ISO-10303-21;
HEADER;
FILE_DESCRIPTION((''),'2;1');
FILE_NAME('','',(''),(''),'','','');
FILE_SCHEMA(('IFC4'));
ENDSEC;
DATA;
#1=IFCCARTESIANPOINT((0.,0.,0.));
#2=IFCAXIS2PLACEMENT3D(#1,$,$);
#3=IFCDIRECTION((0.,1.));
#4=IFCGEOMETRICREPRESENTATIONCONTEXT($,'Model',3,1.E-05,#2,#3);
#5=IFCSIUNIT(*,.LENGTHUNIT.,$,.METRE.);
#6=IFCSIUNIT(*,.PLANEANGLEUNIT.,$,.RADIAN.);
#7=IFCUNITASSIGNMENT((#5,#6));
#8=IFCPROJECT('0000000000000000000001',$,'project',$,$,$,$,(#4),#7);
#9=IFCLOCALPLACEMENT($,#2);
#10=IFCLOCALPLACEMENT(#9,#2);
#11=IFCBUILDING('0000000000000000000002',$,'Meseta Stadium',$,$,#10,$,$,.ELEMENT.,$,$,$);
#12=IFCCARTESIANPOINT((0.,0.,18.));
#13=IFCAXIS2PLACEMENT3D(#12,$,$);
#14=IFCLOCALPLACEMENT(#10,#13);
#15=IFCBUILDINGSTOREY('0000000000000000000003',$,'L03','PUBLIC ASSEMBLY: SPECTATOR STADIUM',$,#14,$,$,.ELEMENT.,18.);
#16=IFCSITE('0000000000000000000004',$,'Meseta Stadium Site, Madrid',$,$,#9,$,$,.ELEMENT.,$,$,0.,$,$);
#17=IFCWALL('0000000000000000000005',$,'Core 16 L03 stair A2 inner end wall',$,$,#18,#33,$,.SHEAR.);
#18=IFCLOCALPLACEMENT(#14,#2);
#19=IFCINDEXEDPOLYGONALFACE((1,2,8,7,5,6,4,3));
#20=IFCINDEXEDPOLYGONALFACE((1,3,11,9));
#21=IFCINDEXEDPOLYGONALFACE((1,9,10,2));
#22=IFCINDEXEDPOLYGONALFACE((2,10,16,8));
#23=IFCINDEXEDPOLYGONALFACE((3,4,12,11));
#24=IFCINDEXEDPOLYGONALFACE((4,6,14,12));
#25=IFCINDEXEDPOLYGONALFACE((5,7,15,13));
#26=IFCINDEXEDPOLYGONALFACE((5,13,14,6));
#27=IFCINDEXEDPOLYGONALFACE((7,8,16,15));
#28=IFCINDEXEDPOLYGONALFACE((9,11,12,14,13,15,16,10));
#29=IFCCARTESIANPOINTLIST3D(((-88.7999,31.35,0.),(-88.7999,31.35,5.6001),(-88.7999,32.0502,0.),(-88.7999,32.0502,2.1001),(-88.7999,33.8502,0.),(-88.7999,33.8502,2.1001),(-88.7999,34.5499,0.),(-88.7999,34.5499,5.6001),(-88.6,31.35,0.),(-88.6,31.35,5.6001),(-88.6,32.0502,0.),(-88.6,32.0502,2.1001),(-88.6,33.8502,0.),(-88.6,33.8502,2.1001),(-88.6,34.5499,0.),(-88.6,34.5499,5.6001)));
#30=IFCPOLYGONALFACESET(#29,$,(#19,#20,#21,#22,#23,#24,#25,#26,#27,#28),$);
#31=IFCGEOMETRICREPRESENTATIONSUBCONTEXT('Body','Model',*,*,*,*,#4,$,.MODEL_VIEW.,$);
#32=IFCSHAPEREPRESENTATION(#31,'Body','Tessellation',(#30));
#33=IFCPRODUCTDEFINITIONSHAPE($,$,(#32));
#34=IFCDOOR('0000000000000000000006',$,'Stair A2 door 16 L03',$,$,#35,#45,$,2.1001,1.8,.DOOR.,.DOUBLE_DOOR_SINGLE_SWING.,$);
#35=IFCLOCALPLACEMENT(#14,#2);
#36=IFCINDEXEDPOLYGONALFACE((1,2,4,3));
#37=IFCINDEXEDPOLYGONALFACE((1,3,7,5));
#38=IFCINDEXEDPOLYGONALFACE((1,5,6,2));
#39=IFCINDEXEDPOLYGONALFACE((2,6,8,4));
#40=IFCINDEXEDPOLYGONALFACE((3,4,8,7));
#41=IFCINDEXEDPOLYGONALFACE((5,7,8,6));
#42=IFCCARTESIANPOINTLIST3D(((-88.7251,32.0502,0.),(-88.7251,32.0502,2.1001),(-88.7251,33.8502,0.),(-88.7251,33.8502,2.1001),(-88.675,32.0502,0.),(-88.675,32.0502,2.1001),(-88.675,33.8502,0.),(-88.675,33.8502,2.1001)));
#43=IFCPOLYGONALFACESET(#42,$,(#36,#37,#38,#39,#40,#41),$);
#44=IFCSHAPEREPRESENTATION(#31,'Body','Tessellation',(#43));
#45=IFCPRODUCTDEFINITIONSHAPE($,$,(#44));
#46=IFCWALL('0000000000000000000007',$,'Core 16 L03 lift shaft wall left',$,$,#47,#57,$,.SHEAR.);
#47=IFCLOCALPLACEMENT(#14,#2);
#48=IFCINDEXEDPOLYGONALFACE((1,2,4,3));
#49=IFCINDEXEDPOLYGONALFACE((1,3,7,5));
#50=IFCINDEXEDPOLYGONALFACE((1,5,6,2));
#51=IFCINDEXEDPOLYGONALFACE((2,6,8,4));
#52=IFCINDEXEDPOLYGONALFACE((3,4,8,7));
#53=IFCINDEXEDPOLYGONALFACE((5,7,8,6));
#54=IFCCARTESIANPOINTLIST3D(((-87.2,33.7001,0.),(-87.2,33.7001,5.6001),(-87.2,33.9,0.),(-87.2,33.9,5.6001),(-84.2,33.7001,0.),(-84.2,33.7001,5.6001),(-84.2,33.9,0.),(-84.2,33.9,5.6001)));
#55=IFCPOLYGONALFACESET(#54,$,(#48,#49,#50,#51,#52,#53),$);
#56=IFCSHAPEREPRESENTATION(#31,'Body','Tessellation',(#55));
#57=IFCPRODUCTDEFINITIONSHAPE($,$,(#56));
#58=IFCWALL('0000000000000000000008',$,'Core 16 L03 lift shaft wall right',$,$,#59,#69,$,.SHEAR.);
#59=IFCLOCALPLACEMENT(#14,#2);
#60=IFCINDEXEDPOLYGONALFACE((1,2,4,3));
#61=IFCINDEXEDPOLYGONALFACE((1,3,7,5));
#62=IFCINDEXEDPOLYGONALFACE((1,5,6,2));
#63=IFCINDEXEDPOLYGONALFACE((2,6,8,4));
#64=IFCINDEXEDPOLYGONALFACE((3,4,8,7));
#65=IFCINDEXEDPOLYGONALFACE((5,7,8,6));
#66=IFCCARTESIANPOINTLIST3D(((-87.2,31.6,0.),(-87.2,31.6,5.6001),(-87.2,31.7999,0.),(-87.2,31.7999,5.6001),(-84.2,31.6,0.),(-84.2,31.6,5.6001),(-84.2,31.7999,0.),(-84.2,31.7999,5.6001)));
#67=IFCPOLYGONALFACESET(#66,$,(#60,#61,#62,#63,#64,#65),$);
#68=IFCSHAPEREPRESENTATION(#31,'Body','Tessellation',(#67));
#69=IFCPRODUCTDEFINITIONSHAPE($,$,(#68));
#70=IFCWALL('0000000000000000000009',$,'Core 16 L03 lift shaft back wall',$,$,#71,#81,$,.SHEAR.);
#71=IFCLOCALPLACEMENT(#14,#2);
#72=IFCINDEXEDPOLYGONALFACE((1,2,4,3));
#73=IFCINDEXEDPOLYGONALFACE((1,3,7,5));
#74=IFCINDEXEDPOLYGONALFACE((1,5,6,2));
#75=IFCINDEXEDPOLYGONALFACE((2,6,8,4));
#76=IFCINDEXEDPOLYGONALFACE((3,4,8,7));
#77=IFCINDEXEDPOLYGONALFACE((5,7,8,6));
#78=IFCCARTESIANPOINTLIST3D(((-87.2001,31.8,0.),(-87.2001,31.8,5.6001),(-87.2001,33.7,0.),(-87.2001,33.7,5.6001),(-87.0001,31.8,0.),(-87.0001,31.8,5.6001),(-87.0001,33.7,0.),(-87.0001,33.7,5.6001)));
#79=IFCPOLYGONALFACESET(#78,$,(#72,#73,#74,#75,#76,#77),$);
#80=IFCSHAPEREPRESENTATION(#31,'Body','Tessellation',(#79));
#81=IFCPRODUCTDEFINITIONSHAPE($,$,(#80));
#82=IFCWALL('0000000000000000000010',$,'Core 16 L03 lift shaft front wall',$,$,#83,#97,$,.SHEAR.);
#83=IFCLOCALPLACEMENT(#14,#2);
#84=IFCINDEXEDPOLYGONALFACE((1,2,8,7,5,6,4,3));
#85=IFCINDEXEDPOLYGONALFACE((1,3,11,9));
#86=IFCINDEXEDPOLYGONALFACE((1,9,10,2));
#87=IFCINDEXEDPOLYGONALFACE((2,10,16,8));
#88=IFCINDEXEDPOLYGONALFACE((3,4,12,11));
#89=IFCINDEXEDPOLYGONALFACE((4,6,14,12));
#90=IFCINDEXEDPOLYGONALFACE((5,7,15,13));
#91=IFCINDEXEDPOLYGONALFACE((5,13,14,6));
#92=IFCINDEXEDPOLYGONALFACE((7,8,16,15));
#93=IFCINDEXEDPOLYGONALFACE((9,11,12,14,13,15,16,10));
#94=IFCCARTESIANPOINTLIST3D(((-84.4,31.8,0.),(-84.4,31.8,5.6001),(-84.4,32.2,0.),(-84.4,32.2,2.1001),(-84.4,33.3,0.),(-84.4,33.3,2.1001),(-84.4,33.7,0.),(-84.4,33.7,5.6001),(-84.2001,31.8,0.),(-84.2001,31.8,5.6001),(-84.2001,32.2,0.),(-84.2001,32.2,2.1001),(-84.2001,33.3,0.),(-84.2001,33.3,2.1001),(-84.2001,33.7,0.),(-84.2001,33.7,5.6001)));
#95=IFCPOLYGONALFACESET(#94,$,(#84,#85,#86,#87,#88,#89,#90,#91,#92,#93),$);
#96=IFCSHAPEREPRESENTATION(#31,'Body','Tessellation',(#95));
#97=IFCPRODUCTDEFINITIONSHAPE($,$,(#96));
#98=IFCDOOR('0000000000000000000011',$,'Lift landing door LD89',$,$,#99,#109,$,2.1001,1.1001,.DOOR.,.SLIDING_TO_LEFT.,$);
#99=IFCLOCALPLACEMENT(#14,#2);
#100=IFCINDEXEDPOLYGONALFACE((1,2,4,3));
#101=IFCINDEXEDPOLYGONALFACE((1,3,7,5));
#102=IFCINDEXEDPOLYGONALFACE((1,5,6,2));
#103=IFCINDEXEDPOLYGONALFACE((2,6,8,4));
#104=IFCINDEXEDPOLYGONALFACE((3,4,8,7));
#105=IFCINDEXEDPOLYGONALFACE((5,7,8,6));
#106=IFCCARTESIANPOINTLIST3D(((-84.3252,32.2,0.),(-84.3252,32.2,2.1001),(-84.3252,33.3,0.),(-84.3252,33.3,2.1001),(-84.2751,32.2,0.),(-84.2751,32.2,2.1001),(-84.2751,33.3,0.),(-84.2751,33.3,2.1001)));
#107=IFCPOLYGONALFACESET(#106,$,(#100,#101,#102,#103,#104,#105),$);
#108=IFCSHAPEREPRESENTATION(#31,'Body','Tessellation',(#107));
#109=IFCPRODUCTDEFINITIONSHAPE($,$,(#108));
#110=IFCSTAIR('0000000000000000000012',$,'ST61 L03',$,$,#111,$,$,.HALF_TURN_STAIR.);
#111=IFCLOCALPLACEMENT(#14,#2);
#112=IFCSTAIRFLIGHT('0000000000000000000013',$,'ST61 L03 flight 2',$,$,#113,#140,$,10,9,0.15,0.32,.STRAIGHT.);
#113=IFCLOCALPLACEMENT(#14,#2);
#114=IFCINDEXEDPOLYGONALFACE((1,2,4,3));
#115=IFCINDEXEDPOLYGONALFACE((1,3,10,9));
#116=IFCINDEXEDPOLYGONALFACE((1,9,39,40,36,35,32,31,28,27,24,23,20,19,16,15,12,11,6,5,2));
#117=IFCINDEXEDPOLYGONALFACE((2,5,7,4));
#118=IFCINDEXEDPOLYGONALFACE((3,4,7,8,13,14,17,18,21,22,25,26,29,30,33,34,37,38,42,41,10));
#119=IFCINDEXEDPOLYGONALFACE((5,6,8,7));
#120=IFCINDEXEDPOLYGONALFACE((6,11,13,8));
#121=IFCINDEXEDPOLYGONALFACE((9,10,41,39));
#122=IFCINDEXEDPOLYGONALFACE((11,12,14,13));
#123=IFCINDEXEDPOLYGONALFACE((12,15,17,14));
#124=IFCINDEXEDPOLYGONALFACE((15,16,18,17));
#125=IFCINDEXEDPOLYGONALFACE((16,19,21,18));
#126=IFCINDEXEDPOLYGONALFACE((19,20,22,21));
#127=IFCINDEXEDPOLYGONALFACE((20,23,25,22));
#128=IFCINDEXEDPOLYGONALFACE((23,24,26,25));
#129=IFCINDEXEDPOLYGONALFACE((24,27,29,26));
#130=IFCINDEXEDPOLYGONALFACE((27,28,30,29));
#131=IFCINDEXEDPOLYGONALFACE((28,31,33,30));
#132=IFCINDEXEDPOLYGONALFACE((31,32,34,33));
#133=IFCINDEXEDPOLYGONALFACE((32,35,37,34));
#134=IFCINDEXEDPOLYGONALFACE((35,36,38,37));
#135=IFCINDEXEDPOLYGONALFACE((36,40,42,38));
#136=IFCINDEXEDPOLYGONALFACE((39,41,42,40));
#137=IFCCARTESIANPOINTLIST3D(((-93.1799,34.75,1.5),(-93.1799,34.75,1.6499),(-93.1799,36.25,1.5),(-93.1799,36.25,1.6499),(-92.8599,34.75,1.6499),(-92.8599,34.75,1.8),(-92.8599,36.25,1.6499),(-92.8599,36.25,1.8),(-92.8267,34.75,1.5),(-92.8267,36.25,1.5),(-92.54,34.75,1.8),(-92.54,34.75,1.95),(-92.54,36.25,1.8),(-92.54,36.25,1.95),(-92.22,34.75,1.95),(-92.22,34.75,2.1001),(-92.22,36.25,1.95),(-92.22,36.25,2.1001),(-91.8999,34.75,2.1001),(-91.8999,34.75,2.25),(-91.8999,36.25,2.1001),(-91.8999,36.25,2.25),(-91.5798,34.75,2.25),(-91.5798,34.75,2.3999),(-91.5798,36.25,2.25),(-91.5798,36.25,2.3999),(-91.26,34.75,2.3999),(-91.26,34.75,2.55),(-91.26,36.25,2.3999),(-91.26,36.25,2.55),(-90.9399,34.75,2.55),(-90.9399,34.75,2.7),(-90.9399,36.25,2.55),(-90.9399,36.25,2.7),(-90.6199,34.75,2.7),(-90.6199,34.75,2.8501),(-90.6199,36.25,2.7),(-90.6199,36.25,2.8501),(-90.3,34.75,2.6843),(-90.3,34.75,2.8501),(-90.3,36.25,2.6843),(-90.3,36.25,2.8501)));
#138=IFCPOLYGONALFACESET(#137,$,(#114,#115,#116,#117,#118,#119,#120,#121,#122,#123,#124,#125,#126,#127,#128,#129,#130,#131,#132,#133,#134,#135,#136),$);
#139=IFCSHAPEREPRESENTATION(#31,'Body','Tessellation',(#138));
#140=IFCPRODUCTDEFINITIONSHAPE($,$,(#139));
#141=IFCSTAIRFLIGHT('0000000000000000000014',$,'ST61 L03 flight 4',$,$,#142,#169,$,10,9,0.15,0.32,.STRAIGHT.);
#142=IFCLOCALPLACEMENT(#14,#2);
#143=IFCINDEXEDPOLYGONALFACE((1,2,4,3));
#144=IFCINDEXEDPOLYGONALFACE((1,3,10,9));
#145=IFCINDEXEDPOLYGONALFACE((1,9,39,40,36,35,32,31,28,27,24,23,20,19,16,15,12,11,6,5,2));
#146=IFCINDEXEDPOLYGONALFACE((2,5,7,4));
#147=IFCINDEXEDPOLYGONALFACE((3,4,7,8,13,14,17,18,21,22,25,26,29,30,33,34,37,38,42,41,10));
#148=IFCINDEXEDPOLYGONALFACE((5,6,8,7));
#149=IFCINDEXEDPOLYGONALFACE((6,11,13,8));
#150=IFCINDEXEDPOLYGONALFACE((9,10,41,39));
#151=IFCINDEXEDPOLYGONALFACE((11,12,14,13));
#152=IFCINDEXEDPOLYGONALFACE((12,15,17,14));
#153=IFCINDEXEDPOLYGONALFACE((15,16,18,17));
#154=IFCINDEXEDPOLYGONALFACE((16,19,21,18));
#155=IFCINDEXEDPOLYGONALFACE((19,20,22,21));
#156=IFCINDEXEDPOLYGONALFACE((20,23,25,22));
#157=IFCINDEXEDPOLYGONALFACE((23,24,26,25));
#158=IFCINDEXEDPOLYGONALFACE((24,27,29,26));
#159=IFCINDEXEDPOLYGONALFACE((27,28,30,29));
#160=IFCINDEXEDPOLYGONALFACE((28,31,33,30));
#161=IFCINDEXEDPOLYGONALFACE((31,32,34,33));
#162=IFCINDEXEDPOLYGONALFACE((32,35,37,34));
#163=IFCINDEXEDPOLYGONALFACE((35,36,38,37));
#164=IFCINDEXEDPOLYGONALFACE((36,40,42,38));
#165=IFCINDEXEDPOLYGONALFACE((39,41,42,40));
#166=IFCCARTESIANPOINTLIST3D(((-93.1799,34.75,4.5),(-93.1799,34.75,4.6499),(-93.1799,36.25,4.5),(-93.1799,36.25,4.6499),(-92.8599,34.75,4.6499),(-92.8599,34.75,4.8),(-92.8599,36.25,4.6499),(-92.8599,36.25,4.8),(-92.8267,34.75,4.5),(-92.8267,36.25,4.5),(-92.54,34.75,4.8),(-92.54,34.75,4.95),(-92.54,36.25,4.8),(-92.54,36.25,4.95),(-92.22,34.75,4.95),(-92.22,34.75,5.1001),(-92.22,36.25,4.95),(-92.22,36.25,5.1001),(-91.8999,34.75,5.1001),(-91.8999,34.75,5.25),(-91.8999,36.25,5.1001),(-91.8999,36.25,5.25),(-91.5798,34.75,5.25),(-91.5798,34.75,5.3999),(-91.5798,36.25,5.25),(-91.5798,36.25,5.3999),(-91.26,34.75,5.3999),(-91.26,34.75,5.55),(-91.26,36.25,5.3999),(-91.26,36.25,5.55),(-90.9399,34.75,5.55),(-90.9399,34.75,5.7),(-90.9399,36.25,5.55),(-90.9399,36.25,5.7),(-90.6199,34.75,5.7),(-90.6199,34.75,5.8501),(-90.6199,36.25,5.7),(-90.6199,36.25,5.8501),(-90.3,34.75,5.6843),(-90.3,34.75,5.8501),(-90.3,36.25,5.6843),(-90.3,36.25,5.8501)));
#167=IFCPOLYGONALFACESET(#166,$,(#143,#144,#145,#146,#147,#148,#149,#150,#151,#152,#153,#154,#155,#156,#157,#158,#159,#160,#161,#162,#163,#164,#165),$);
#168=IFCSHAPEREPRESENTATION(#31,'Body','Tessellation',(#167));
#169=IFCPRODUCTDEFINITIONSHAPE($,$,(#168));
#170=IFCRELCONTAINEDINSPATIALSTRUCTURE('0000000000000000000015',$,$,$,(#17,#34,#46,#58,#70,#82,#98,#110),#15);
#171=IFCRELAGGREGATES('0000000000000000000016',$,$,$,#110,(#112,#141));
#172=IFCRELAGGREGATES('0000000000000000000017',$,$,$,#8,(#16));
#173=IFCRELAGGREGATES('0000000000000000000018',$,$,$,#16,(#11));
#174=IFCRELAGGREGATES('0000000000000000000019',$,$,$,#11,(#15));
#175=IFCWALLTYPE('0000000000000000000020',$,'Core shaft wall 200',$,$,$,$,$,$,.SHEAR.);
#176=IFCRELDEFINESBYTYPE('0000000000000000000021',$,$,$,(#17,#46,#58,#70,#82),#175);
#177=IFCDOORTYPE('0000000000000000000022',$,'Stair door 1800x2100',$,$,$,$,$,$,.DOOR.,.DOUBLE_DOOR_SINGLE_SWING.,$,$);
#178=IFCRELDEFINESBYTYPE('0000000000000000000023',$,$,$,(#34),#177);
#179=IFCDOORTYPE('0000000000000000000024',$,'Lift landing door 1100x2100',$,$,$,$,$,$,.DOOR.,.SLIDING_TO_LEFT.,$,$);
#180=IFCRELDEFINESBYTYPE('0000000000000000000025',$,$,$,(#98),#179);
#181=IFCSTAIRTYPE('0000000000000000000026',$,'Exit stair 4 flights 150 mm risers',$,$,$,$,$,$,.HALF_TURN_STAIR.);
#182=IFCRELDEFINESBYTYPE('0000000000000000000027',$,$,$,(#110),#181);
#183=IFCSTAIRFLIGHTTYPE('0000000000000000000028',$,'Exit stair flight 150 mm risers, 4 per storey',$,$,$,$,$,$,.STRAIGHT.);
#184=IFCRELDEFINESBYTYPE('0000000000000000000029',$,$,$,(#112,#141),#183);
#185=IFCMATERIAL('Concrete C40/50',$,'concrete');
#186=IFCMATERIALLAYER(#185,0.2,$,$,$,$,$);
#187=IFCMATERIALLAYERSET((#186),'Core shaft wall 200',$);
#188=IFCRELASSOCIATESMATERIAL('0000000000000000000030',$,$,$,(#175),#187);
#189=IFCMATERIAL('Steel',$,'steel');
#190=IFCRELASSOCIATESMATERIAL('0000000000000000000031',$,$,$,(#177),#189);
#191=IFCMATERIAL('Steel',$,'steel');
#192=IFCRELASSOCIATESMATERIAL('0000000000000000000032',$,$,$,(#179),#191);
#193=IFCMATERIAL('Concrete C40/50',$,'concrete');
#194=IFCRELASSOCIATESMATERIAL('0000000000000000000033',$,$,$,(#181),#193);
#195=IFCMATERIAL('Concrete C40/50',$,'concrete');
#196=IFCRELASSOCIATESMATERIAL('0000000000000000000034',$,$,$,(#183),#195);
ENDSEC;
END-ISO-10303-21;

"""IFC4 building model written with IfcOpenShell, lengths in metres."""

from ifc_helpers import new_model, si_unit, direction, frame, frame_2d, origin, place, context, subcontext, project, spatial, polyline, rectangle, outline, extrude, material, layer, layer_set, type_object, element, fill, aggregate, save


model = new_model("IFC4")

# Units and contexts
model_context = context("Model", 3, precision=1e-05, world=origin(), true_north=direction((0.0, 1.0)))
body_context = subcontext(model_context, "Body", "Model", "MODEL_VIEW")
ifc_project = project(units=[si_unit("LENGTHUNIT", "METRE"), si_unit("PLANEANGLEUNIT", "RADIAN")], contexts=[model_context])

# Site, building, storey
site_placement = place(None, origin())
site = spatial("IfcSite", under=ifc_project, at=site_placement, Name="Meseta Stadium Site, Madrid", CompositionType="ELEMENT", RefElevation=0.0)
building_placement = place(site_placement, origin())
building = spatial("IfcBuilding", under=site, at=building_placement, Name="Meseta Stadium", CompositionType="ELEMENT")
storey_placement = place(building_placement, frame((0.0, 0.0, 18.0)))
storey = spatial("IfcBuildingStorey", under=building, at=storey_placement, Name="L03", Description="PUBLIC ASSEMBLY: SPECTATOR STADIUM", CompositionType="ELEMENT", Elevation=18.0)

# Wall, opening, door
ifc_material_1 = material(Name="Concrete C40/50", Category="concrete")
ifc_layer = layer(ifc_material_1, 0.2)
ifc_layer_set = layer_set([ifc_layer], Name="Core shaft wall 200")
wall_type = type_object("IfcWallType", Name="Core shaft wall 200", PredefinedType="SHEAR", material=ifc_layer_set)
wall_1_placement = place(storey_placement, frame((-88.7, 34.55, 0.0), z_axis=(0.0, 0.0, 1.0), x_axis=(0.0, -1.0, 0.0)))
wall_1 = element("IfcWall", 1, at=wall_1_placement, inside=storey, type_object=wall_type, Name="Core 16 L03 stair A2 inner end wall", PredefinedType="SHEAR", context=body_context, shape_type="SweptSolid", body=[
    extrude(rectangle(XDim=3.2, YDim=0.2, at=frame_2d((1.6001, 0.0))), origin(), (0.0, 0.0, 1.0), 5.6001),
])
opening_1_placement = place(wall_1_placement, frame((0.7, 0.0, 0.0)))
opening_1 = element("IfcOpeningElement", 2, at=opening_1_placement, cuts=wall_1, PredefinedType="OPENING", context=body_context, shape_type="SweptSolid", body=[
    extrude(rectangle(XDim=1.8, YDim=2.1001, at=frame_2d((0.8999, 1.05))), frame((0.0, 0.1099, 0.0), z_axis=(0.0, -1.0, 0.0), x_axis=(1.0, 0.0, 0.0)), (0.0, 0.0, 1.0), 0.22),
])
ifc_material_2 = material(Name="Steel", Category="steel")
door_type_1 = type_object("IfcDoorType", Name="Stair door 1800x2100", OperationType="DOUBLE_DOOR_SINGLE_SWING", PredefinedType="DOOR", material=ifc_material_2)
door_1_placement = place(opening_1_placement, origin())
door_1 = element("IfcDoor", 3, at=door_1_placement, inside=storey, type_object=door_type_1, Name="Stair A2 door 16 L03", OperationType="DOUBLE_DOOR_SINGLE_SWING", OverallHeight=2.1001, OverallWidth=1.8, PredefinedType="DOOR", context=body_context, shape_type="SweptSolid", body=[
    extrude(rectangle(XDim=1.8, YDim=2.1001, at=frame_2d((0.8999, 1.05))), frame((0.0, 0.0249, 0.0), z_axis=(0.0, -1.0, 0.0), x_axis=(1.0, 0.0, 0.0)), (0.0, 0.0, 1.0), 0.05),
])
fill(opening_1, door_1)

# Walls
for number, where, z_axis, x_axis, name in (
    (4, (-87.2, 33.8, 0.0), (0.0, 0.0, 1.0), (1.0, 0.0, 0.0), "Core 16 L03 lift shaft wall left"),
    (5, (-87.2, 31.7, 0.0), (0.0, 0.0, 1.0), (1.0, 0.0, 0.0), "Core 16 L03 lift shaft wall right"),
):
    element("IfcWall", number, at=place(storey_placement, frame(where, z_axis=z_axis, x_axis=x_axis)), inside=storey, type_object=wall_type, Name=name, PredefinedType="SHEAR", context=body_context, shape_type="SweptSolid", body=[
        extrude(rectangle(XDim=3.0, YDim=0.2, at=frame_2d((1.5, 0.0))), origin(), (0.0, 0.0, 1.0), 5.6001),
    ])
wall_2_placement = place(storey_placement, frame((-87.1001, 33.7, 0.0), z_axis=(0.0, 0.0, 1.0), x_axis=(0.0, -1.0, 0.0)))
element("IfcWall", 6, at=wall_2_placement, inside=storey, type_object=wall_type, Name="Core 16 L03 lift shaft back wall", PredefinedType="SHEAR", context=body_context, shape_type="SweptSolid", body=[
    extrude(rectangle(XDim=1.8999, YDim=0.2, at=frame_2d((0.95, 0.0))), origin(), (0.0, 0.0, 1.0), 5.6001),
])

# Wall, opening, door
wall_3_placement = place(storey_placement, frame((-84.3, 33.7, 0.0), z_axis=(0.0, 0.0, 1.0), x_axis=(0.0, -1.0, 0.0)))
wall_3 = element("IfcWall", 7, at=wall_3_placement, inside=storey, type_object=wall_type, Name="Core 16 L03 lift shaft front wall", PredefinedType="SHEAR", context=body_context, shape_type="SweptSolid", body=[
    extrude(rectangle(XDim=1.8999, YDim=0.2, at=frame_2d((0.95, 0.0))), origin(), (0.0, 0.0, 1.0), 5.6001),
])
opening_2_placement = place(wall_3_placement, frame((0.3999, 0.0, 0.0)))
opening_2 = element("IfcOpeningElement", 8, at=opening_2_placement, cuts=wall_3, PredefinedType="OPENING", context=body_context, shape_type="SweptSolid", body=[
    extrude(rectangle(XDim=1.1001, YDim=2.1001, at=frame_2d((0.55, 1.05))), frame((0.0, 0.1099, 0.0), z_axis=(0.0, -1.0, 0.0), x_axis=(1.0, 0.0, 0.0)), (0.0, 0.0, 1.0), 0.22),
])
ifc_material_3 = material(Name="Steel", Category="steel")
door_type_2 = type_object("IfcDoorType", Name="Lift landing door 1100x2100", OperationType="SLIDING_TO_LEFT", PredefinedType="DOOR", material=ifc_material_3)
door_2_placement = place(opening_2_placement, origin())
door_2 = element("IfcDoor", 9, at=door_2_placement, inside=storey, type_object=door_type_2, Name="Lift landing door LD89", OperationType="SLIDING_TO_LEFT", OverallHeight=2.1001, OverallWidth=1.1001, PredefinedType="DOOR", context=body_context, shape_type="SweptSolid", body=[
    extrude(rectangle(XDim=1.1001, YDim=2.1001, at=frame_2d((0.55, 1.05))), frame((0.0, 0.0249, 0.0), z_axis=(0.0, -1.0, 0.0), x_axis=(1.0, 0.0, 0.0)), (0.0, 0.0, 1.0), 0.05),
])
fill(opening_2, door_2)

# Stair, stair flights
ifc_material_4 = material(Name="Concrete C40/50", Category="concrete")
stair_type = type_object("IfcStairType", Name="Exit stair 4 flights 150 mm risers", PredefinedType="HALF_TURN_STAIR", material=ifc_material_4)
stair_1_placement = place(storey_placement, origin())
stair_1 = element("IfcStair", 10, at=stair_1_placement, inside=storey, type_object=stair_type, Name="ST61 L03", PredefinedType="HALF_TURN_STAIR")
ifc_material_5 = material(Name="Concrete C40/50", Category="concrete")
stair_flight_type = type_object("IfcStairFlightType", Name="Exit stair flight 150 mm risers, 4 per storey", PredefinedType="STRAIGHT", material=ifc_material_5)
stair_flight_1_placement = place(storey_placement, frame((-93.1799, 35.5, 1.5), z_axis=(0.0, 0.0, 1.0), x_axis=(1.0, 0.0, 0.0)))
stair_flight_1 = element("IfcStairFlight", 11, at=stair_flight_1_placement, type_object=stair_flight_type, Name="ST61 L03 flight 2", NumberOfRisers=10, NumberOfTreads=9, PredefinedType="STRAIGHT", RiserHeight=0.15, TreadLength=0.32, context=body_context, shape_type="SweptSolid", body=[
    extrude(outline(polyline([(0.0, 0.0), (0.0, 0.1499), (0.3201, 0.1499), (0.3201, 0.3), (0.6399, 0.3), (0.6399, 0.45), (0.96, 0.45), (0.96, 0.6001), (1.28, 0.6001), (1.28, 0.75), (1.6001, 0.75), (1.6001, 0.8999), (1.9199, 0.8999), (1.9199, 1.05), (2.24, 1.05), (2.24, 1.2), (2.5601, 1.2), (2.5601, 1.3501), (2.8799, 1.3501), (2.8799, 1.1843), (0.3533, 0.0), (0.0, 0.0)])), frame((0.0, 0.75, 0.0), z_axis=(0.0, -1.0, 0.0), x_axis=(1.0, 0.0, 0.0)), (0.0, 0.0, 1.0), 1.5),
])
stair_flight_2_placement = place(storey_placement, frame((-93.1799, 35.5, 4.5), z_axis=(0.0, 0.0, 1.0), x_axis=(1.0, 0.0, 0.0)))
stair_flight_2 = element("IfcStairFlight", 12, at=stair_flight_2_placement, type_object=stair_flight_type, Name="ST61 L03 flight 4", NumberOfRisers=10, NumberOfTreads=9, PredefinedType="STRAIGHT", RiserHeight=0.15, TreadLength=0.32, context=body_context, shape_type="SweptSolid", body=[
    extrude(outline(polyline([(0.0, 0.0), (0.0, 0.1499), (0.3201, 0.1499), (0.3201, 0.3), (0.6399, 0.3), (0.6399, 0.45), (0.96, 0.45), (0.96, 0.6001), (1.28, 0.6001), (1.28, 0.75), (1.6001, 0.75), (1.6001, 0.8999), (1.9199, 0.8999), (1.9199, 1.05), (2.24, 1.05), (2.24, 1.2), (2.5601, 1.2), (2.5601, 1.3501), (2.8799, 1.3501), (2.8799, 1.1843), (0.3533, 0.0), (0.0, 0.0)])), frame((0.0, 0.75, 0.0), z_axis=(0.0, -1.0, 0.0), x_axis=(1.0, 0.0, 0.0)), (0.0, 0.0, 1.0), 1.5),
])
aggregate(stair_1, [stair_flight_1, stair_flight_2])

save(model, "model.ifc")
